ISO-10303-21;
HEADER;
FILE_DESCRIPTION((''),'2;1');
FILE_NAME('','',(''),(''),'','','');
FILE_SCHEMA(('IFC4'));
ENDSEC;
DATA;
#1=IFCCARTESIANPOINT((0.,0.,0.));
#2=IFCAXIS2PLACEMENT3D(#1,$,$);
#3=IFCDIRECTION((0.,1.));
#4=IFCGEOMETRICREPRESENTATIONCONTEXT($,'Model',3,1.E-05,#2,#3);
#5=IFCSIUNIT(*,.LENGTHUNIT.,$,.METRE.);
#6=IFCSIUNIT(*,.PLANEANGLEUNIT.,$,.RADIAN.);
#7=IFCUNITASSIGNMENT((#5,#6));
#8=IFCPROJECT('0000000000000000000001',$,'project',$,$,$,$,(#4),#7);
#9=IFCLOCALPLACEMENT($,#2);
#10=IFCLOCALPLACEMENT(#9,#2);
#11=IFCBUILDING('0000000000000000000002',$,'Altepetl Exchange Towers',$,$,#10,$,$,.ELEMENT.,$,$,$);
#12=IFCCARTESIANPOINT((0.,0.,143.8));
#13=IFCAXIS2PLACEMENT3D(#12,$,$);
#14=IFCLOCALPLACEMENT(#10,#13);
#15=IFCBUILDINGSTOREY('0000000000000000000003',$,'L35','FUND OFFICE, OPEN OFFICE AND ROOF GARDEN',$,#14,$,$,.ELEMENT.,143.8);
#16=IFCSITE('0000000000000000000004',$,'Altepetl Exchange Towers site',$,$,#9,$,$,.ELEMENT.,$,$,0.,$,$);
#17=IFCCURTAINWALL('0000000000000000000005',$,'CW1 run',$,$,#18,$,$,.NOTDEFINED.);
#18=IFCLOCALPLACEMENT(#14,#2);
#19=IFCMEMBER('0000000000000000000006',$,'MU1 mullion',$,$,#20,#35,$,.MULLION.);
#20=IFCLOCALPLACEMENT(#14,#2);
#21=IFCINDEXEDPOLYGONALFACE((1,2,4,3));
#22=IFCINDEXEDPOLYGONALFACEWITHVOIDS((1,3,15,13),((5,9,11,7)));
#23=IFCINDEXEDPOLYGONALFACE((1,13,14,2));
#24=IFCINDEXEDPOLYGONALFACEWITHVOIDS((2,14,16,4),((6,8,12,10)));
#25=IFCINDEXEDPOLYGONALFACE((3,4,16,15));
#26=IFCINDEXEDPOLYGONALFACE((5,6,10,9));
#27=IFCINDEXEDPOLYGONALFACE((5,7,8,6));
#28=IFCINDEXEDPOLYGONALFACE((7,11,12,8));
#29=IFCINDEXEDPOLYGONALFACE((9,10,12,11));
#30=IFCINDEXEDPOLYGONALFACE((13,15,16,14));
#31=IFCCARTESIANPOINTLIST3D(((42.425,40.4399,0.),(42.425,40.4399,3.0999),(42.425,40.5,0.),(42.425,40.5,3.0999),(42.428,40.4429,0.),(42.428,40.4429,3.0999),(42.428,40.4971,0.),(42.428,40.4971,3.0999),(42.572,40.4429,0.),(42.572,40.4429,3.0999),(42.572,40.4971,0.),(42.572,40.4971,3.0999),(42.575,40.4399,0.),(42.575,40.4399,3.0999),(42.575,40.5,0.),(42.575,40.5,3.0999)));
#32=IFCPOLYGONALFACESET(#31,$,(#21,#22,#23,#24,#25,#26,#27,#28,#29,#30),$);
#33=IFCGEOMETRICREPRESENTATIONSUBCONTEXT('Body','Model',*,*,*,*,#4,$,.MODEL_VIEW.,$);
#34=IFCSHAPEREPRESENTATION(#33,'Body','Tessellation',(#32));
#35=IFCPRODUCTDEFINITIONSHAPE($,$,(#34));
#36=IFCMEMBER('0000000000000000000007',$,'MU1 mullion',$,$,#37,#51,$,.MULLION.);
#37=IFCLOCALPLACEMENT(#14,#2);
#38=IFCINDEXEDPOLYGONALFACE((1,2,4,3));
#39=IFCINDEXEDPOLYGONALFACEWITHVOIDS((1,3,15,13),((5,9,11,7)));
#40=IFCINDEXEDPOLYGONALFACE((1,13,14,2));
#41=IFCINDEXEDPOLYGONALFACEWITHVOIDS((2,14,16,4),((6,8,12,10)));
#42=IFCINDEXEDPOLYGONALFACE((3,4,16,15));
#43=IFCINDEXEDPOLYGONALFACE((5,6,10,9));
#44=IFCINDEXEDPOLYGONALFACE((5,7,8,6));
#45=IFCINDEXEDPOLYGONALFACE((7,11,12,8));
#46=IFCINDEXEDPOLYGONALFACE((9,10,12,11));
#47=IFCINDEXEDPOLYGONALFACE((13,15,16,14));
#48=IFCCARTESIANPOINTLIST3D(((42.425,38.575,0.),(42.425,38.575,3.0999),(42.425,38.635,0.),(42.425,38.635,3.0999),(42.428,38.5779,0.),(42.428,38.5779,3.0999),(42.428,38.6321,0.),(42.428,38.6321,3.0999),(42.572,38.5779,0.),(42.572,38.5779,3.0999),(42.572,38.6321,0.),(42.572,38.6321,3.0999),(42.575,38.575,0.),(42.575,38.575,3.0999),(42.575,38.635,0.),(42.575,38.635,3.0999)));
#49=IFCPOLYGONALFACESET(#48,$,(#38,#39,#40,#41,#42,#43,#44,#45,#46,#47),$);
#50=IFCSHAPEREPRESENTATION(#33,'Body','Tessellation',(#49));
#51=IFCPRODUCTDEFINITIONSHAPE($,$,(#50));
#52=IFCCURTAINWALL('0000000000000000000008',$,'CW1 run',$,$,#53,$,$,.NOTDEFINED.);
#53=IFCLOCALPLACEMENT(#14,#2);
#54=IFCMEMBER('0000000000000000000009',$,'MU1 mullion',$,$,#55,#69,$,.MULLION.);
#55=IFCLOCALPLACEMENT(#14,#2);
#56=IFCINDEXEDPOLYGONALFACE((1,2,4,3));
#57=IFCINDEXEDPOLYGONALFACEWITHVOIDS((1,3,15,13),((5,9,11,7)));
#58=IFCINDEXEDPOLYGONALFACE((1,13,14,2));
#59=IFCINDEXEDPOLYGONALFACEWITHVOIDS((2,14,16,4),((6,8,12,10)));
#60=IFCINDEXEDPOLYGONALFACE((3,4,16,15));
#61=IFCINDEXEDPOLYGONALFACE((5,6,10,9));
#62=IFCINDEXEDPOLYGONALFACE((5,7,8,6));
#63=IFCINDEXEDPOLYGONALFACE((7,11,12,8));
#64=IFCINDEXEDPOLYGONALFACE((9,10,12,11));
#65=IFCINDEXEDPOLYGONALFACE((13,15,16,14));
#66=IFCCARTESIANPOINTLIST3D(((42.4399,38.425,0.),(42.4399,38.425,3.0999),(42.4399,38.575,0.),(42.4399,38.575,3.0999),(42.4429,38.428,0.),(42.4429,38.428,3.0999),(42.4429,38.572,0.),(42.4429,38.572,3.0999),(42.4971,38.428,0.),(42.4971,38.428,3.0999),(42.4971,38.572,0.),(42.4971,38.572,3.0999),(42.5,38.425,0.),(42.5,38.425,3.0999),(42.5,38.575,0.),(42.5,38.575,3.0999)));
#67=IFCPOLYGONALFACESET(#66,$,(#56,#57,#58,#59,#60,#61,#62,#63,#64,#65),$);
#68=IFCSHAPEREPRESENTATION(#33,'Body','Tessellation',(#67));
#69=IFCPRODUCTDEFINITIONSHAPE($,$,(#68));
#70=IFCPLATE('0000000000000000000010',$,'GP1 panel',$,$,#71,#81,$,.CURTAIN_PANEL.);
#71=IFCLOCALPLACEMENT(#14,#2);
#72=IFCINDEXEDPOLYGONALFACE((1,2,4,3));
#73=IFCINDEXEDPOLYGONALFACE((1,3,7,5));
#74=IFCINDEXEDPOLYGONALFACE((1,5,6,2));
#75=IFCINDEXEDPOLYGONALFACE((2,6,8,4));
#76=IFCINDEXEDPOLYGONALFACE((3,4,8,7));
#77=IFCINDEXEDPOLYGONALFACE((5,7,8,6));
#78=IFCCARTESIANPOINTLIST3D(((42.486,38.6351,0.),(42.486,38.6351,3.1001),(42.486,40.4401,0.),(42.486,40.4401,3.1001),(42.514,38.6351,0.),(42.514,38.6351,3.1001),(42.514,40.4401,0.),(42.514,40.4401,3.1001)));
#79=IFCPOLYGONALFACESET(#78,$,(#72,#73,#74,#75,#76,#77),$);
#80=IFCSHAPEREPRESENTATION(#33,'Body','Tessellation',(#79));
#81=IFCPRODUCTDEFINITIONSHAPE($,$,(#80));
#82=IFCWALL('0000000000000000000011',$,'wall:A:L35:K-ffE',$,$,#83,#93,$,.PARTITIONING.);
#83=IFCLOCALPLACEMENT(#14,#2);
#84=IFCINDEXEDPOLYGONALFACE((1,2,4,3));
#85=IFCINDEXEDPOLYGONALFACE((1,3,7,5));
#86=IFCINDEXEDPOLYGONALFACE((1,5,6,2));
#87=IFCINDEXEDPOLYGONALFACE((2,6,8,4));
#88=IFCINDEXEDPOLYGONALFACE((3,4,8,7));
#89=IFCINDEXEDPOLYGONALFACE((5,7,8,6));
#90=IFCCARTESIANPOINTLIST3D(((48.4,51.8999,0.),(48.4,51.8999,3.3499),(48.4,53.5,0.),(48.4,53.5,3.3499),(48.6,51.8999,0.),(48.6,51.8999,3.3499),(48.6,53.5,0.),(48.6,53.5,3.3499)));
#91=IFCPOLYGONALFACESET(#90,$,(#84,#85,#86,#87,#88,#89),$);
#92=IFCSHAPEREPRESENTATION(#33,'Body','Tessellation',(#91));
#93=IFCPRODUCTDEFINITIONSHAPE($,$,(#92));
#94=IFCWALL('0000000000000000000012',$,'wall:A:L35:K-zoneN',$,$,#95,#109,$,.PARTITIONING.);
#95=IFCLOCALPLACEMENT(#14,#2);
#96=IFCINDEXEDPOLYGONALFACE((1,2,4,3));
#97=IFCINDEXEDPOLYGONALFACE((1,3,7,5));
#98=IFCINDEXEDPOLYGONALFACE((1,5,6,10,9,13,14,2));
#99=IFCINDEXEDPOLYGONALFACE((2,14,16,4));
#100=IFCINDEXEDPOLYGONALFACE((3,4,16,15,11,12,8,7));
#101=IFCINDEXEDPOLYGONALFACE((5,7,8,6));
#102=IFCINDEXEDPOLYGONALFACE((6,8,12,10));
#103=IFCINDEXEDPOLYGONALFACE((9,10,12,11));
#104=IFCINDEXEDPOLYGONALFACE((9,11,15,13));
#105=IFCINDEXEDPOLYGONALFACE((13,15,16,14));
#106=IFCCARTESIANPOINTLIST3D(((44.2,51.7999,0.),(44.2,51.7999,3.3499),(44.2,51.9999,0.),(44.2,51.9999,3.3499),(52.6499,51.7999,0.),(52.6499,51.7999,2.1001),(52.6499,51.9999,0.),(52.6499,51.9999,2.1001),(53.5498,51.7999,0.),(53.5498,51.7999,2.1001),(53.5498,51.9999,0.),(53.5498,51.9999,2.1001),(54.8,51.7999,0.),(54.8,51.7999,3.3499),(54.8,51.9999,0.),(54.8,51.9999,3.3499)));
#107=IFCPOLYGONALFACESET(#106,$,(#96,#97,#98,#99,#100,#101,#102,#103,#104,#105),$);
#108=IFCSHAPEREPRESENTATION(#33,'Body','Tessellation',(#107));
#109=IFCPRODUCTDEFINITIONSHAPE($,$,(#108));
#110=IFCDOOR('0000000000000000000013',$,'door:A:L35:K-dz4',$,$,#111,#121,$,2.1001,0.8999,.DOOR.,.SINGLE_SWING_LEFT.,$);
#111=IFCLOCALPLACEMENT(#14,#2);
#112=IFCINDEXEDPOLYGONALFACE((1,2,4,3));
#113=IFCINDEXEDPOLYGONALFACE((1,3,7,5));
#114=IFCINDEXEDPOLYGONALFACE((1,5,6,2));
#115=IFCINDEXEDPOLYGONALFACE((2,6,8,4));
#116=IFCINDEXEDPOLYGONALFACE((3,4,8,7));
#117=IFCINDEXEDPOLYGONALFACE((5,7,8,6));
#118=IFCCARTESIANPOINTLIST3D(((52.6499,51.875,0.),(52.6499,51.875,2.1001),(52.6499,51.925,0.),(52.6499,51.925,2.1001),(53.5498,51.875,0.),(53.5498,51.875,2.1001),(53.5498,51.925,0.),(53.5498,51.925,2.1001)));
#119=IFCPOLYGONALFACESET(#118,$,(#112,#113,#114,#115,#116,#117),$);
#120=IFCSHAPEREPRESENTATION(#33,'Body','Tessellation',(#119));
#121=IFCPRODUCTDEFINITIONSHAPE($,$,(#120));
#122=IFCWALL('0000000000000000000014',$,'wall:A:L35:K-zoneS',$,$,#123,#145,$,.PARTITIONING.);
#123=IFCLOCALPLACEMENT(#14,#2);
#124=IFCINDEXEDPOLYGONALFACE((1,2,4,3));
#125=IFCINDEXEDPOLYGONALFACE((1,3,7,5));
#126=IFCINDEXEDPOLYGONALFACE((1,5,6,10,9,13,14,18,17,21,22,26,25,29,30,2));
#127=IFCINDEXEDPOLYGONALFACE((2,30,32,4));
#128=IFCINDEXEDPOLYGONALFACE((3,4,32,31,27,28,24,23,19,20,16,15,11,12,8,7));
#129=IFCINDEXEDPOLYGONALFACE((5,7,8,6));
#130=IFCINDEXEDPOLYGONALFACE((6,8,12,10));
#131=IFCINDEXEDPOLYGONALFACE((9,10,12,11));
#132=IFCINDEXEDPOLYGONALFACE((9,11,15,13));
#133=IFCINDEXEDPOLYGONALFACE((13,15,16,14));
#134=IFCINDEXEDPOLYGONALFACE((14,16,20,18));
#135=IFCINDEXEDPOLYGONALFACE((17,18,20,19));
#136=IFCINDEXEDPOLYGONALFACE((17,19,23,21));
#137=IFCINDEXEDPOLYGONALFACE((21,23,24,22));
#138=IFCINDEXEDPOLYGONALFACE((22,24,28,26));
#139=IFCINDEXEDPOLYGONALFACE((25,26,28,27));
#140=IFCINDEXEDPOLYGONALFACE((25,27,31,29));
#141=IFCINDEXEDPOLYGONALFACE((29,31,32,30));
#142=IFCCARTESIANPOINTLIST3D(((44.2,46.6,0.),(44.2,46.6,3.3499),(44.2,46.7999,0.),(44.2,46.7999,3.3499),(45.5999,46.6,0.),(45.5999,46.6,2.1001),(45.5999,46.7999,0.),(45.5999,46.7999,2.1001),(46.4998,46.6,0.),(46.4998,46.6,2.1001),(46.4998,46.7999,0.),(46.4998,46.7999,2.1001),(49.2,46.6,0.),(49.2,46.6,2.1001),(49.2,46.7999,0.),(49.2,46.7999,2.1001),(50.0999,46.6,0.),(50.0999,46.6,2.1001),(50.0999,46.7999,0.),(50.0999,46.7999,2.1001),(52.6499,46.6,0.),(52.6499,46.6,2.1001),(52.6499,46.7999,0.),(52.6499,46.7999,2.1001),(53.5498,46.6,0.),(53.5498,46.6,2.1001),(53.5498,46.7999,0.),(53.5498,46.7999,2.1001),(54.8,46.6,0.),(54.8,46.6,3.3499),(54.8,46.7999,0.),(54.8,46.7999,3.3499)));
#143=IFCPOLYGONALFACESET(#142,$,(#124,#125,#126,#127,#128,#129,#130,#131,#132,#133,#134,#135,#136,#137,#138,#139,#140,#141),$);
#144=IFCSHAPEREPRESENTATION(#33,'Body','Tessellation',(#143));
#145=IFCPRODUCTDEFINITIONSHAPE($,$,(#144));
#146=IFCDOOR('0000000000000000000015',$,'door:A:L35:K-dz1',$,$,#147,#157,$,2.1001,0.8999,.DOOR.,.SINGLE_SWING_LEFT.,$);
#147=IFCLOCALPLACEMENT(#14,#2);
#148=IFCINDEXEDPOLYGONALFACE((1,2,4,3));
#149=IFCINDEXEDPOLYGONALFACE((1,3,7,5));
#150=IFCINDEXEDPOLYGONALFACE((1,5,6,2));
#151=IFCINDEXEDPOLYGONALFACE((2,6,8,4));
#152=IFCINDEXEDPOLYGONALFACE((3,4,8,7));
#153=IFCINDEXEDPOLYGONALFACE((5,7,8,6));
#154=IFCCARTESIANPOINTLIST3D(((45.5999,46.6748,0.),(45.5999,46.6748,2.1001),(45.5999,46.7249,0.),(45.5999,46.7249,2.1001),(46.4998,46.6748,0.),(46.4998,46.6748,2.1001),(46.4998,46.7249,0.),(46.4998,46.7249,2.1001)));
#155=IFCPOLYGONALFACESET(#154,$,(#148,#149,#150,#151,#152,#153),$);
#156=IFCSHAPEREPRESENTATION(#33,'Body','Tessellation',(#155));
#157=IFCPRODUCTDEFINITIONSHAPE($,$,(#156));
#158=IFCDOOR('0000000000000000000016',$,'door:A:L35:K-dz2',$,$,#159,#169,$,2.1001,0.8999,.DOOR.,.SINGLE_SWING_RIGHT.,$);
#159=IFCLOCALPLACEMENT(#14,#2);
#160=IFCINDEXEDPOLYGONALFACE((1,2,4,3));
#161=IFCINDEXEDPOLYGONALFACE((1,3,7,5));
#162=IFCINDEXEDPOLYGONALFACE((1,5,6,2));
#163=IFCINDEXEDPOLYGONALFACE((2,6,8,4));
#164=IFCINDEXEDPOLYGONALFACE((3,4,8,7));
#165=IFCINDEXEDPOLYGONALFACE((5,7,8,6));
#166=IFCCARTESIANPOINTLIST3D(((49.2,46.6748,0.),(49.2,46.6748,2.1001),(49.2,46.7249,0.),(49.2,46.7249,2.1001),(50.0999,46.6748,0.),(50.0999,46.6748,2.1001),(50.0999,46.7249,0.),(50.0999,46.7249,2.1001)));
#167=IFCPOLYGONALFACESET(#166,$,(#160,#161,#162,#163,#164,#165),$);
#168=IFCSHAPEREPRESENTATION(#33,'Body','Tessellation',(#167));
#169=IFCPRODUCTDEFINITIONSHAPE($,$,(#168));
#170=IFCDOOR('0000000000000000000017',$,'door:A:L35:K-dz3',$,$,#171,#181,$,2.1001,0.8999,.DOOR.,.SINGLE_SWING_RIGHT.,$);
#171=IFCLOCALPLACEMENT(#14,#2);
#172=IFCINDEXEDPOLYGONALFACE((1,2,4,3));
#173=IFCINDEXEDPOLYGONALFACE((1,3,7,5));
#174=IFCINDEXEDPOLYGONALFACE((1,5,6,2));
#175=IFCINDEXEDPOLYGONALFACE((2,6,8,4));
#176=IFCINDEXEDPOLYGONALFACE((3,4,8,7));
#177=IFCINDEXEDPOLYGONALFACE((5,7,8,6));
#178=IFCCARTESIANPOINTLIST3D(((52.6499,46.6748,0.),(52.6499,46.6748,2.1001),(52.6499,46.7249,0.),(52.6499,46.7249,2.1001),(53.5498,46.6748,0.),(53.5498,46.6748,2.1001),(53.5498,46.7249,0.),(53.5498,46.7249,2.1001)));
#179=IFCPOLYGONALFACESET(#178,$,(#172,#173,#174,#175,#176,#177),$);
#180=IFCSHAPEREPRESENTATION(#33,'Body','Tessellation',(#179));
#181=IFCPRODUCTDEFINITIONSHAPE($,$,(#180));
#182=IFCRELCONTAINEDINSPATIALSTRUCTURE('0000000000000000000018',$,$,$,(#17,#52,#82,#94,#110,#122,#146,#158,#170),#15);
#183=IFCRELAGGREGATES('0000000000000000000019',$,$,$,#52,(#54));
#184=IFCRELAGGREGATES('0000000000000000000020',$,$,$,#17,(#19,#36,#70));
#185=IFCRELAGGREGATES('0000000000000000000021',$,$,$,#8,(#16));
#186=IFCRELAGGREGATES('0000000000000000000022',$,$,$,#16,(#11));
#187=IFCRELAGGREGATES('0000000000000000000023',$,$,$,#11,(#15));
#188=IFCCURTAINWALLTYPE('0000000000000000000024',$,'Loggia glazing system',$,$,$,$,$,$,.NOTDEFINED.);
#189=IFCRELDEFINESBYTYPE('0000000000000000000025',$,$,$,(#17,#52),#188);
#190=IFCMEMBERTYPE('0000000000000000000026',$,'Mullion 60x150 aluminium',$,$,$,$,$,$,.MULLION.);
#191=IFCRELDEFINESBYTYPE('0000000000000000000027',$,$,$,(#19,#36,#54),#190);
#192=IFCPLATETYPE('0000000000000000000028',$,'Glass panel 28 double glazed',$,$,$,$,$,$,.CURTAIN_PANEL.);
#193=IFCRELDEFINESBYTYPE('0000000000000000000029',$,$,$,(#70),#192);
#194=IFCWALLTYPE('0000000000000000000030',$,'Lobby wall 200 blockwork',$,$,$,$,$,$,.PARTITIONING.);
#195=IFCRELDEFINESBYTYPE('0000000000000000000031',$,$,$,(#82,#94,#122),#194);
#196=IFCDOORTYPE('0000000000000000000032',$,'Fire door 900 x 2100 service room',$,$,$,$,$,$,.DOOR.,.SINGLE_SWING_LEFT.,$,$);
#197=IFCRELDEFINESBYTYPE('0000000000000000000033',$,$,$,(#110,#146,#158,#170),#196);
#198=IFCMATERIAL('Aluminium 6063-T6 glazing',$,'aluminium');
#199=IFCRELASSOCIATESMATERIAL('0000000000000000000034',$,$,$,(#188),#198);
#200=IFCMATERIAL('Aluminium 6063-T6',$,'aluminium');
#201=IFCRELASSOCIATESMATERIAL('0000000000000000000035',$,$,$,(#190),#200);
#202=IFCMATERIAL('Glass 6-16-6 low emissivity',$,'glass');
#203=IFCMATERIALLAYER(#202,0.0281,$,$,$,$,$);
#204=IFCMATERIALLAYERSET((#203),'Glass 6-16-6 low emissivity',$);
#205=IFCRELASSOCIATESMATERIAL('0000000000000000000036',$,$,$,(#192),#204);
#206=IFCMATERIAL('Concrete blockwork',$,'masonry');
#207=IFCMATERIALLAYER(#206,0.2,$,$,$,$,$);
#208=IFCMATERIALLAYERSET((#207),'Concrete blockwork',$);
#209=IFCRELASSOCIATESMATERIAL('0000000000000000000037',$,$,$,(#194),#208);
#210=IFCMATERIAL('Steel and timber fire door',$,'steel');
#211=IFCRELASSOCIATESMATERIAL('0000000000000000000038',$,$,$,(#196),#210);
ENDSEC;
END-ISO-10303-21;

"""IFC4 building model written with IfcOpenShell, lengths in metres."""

from ifc_helpers import new_model, si_unit, direction, frame, frame_2d, origin, origin_2d, place, context, subcontext, project, spatial, rectangle, hollow_rectangle, extrude, material, layer, layer_set, material_profile, profile_set, type_object, element, fill, aggregate, save


model = new_model("IFC4")

# Units and contexts
model_context = context("Model", 3, precision=1e-05, world=origin(), true_north=direction((0.0, 1.0)))
body_context = subcontext(model_context, "Body", "Model", "MODEL_VIEW")
ifc_project = project(units=[si_unit("LENGTHUNIT", "METRE"), si_unit("PLANEANGLEUNIT", "RADIAN")], contexts=[model_context])

# Site, building, storey
site_placement = place(None, origin())
site = spatial("IfcSite", under=ifc_project, at=site_placement, Name="Altepetl Exchange Towers site", CompositionType="ELEMENT", RefElevation=0.0)
building_placement = place(site_placement, origin())
building = spatial("IfcBuilding", under=site, at=building_placement, Name="Altepetl Exchange Towers", CompositionType="ELEMENT")
storey_placement = place(building_placement, frame((0.0, 0.0, 143.8)))
storey = spatial("IfcBuildingStorey", under=building, at=storey_placement, Name="L35", Description="FUND OFFICE, OPEN OFFICE AND ROOF GARDEN", CompositionType="ELEMENT", Elevation=143.8)

# Curtain wall, members
ifc_material_1 = material(Name="Aluminium 6063-T6 glazing", Category="aluminium")
curtain_wall_type = type_object("IfcCurtainWallType", Name="Loggia glazing system", PredefinedType="NOTDEFINED", material=ifc_material_1)
curtain_wall_1_placement = place(storey_placement, origin())
curtain_wall_1 = element("IfcCurtainWall", 1, at=curtain_wall_1_placement, inside=storey, type_object=curtain_wall_type, Name="CW1 run", PredefinedType="NOTDEFINED")
ifc_material_2 = material(Name="Aluminium 6063-T6", Category="aluminium")
ifc_material_profile = material_profile(ifc_material_2, hollow_rectangle(XDim=0.0601, YDim=0.1499, WallThickness=0.0029, at=origin_2d()), Name="Mullion 60x150 aluminium")
ifc_profile_set = profile_set([ifc_material_profile], Name="Aluminium 6063-T6")
member_type = type_object("IfcMemberType", Name="Mullion 60x150 aluminium", PredefinedType="MULLION", material=ifc_profile_set)
member_1_placement = place(storey_placement, frame((42.5, 40.47, 0.0), z_axis=(0.0, 0.0, 1.0), x_axis=(0.0, -1.0, 0.0)))
member_1 = element("IfcMember", 2, at=member_1_placement, type_object=member_type, Name="MU1 mullion", PredefinedType="MULLION", context=body_context, shape_type="SweptSolid", body=[
    extrude(hollow_rectangle(XDim=0.0601, YDim=0.1499, WallThickness=0.0029, at=origin_2d()), origin(), (0.0, 0.0, 1.0), 3.0999),
])
member_2_placement = place(storey_placement, frame((42.5, 38.605, 0.0), z_axis=(0.0, 0.0, 1.0), x_axis=(0.0, -1.0, 0.0)))
member_2 = element("IfcMember", 3, at=member_2_placement, type_object=member_type, Name="MU1 mullion", PredefinedType="MULLION", context=body_context, shape_type="SweptSolid", body=[
    extrude(hollow_rectangle(XDim=0.0601, YDim=0.1499, WallThickness=0.0029, at=origin_2d()), origin(), (0.0, 0.0, 1.0), 3.0999),
])

# Curtain wall, member
curtain_wall_2_placement = place(storey_placement, origin())
curtain_wall_2 = element("IfcCurtainWall", 4, at=curtain_wall_2_placement, inside=storey, type_object=curtain_wall_type, Name="CW1 run", PredefinedType="NOTDEFINED")
member_3_placement = place(storey_placement, frame((42.47, 38.5, 0.0), z_axis=(0.0, 0.0, 1.0), x_axis=(-1.0, 0.0, 0.0)))
member_3 = element("IfcMember", 5, at=member_3_placement, type_object=member_type, Name="MU1 mullion", PredefinedType="MULLION", context=body_context, shape_type="SweptSolid", body=[
    extrude(hollow_rectangle(XDim=0.0601, YDim=0.1499, WallThickness=0.0029, at=origin_2d()), origin(), (0.0, 0.0, 1.0), 3.0999),
])
aggregate(curtain_wall_2, [member_3])

# Plate
ifc_material_3 = material(Name="Glass 6-16-6 low emissivity", Category="glass")
ifc_layer_1 = layer(ifc_material_3, 0.0281)
ifc_layer_set_1 = layer_set([ifc_layer_1], Name="Glass 6-16-6 low emissivity")
plate_type = type_object("IfcPlateType", Name="Glass panel 28 double glazed", PredefinedType="CURTAIN_PANEL", material=ifc_layer_set_1)
plate_placement = place(storey_placement, frame((42.5, 39.5376, 0.0), z_axis=(0.0, 0.0, 1.0), x_axis=(0.0, -1.0, 0.0)))
plate = element("IfcPlate", 6, at=plate_placement, type_object=plate_type, Name="GP1 panel", PredefinedType="CURTAIN_PANEL", context=body_context, shape_type="SweptSolid", body=[
    extrude(rectangle(XDim=1.8049, YDim=0.0281, at=origin_2d()), origin(), (0.0, 0.0, 1.0), 3.1001),
])
aggregate(curtain_wall_1, [member_1, member_2, plate])

# Wall
ifc_material_4 = material(Name="Concrete blockwork", Category="masonry")
ifc_layer_2 = layer(ifc_material_4, 0.2)
ifc_layer_set_2 = layer_set([ifc_layer_2], Name="Concrete blockwork")
wall_type_1 = type_object("IfcWallType", Name="Lobby wall 200 blockwork", PredefinedType="PARTITIONING", material=ifc_layer_set_2)
wall_1_placement = place(storey_placement, frame((48.5, 51.8999, 0.0), z_axis=(0.0, 0.0, 1.0), x_axis=(0.0, 1.0, 0.0)))
element("IfcWall", 7, at=wall_1_placement, inside=storey, type_object=wall_type_1, Name="wall:A:L35:K-ffE", PredefinedType="PARTITIONING", context=body_context, shape_type="SweptSolid", body=[
    extrude(rectangle(XDim=1.6001, YDim=0.2, at=frame_2d((0.8, 0.0))), origin(), (0.0, 0.0, 1.0), 3.3499),
])

# Wall, opening, door
wall_2_placement = place(storey_placement, frame((44.2, 51.8999, 0.0)))
wall_2 = element("IfcWall", 8, at=wall_2_placement, inside=storey, type_object=wall_type_1, Name="wall:A:L35:K-zoneN", PredefinedType="PARTITIONING", context=body_context, shape_type="SweptSolid", body=[
    extrude(rectangle(XDim=10.6001, YDim=0.2, at=frame_2d((5.3, 0.0))), origin(), (0.0, 0.0, 1.0), 3.3499),
])
opening_1_placement = place(wall_2_placement, frame((8.45, 0.0, 0.0)))
opening_1 = element("IfcOpeningElement", 9, at=opening_1_placement, cuts=wall_2, PredefinedType="OPENING", context=body_context, shape_type="SweptSolid", body=[
    extrude(rectangle(XDim=0.8999, YDim=2.1001, at=frame_2d((0.45, 1.05))), frame((0.0, 0.1099, 0.0), z_axis=(0.0, -1.0, 0.0), x_axis=(1.0, 0.0, 0.0)), (0.0, 0.0, 1.0), 0.22),
])
ifc_material_5 = material(Name="Steel and timber fire door", Category="steel")
door_type_1 = type_object("IfcDoorType", Name="Fire door 900 x 2100 service room", OperationType="SINGLE_SWING_LEFT", PredefinedType="DOOR", material=ifc_material_5)
door_1_placement = place(opening_1_placement, frame((0.8999, 0.0, 0.0), x_axis=(-1.0, 0.0, 0.0)))
door_1 = element("IfcDoor", 10, at=door_1_placement, inside=storey, type_object=door_type_1, Name="door:A:L35:K-dz4", OperationType="SINGLE_SWING_LEFT", OverallHeight=2.1001, OverallWidth=0.8999, PredefinedType="DOOR", context=body_context, shape_type="SweptSolid", body=[
    extrude(rectangle(XDim=0.8999, YDim=2.1001, at=frame_2d((0.45, 1.05))), frame((0.0, 0.0249, 0.0), z_axis=(0.0, -1.0, 0.0), x_axis=(1.0, 0.0, 0.0)), (0.0, 0.0, 1.0), 0.05),
])
fill(opening_1, door_1)

# Wall, openings, doors
wall_3_placement = place(storey_placement, frame((44.2, 46.7, 0.0)))
wall_3 = element("IfcWall", 11, at=wall_3_placement, inside=storey, type_object=wall_type_1, Name="wall:A:L35:K-zoneS", PredefinedType="PARTITIONING", context=body_context, shape_type="SweptSolid", body=[
    extrude(rectangle(XDim=10.6001, YDim=0.2, at=frame_2d((5.3, 0.0))), origin(), (0.0, 0.0, 1.0), 3.3499),
])
opening_2_placement = place(wall_3_placement, frame((1.3999, 0.0, 0.0)))
opening_2 = element("IfcOpeningElement", 12, at=opening_2_placement, cuts=wall_3, PredefinedType="OPENING", context=body_context, shape_type="SweptSolid", body=[
    extrude(rectangle(XDim=0.8999, YDim=2.1001, at=frame_2d((0.45, 1.05))), frame((0.0, 0.1099, 0.0), z_axis=(0.0, -1.0, 0.0), x_axis=(1.0, 0.0, 0.0)), (0.0, 0.0, 1.0), 0.22),
])
opening_3_placement = place(wall_3_placement, frame((5.0, 0.0, 0.0)))
opening_3 = element("IfcOpeningElement", 13, at=opening_3_placement, cuts=wall_3, PredefinedType="OPENING", context=body_context, shape_type="SweptSolid", body=[
    extrude(rectangle(XDim=0.8999, YDim=2.1001, at=frame_2d((0.45, 1.05))), frame((0.0, 0.1099, 0.0), z_axis=(0.0, -1.0, 0.0), x_axis=(1.0, 0.0, 0.0)), (0.0, 0.0, 1.0), 0.22),
])
opening_4_placement = place(wall_3_placement, frame((8.45, 0.0, 0.0)))
opening_4 = element("IfcOpeningElement", 14, at=opening_4_placement, cuts=wall_3, PredefinedType="OPENING", context=body_context, shape_type="SweptSolid", body=[
    extrude(rectangle(XDim=0.8999, YDim=2.1001, at=frame_2d((0.45, 1.05))), frame((0.0, 0.1099, 0.0), z_axis=(0.0, -1.0, 0.0), x_axis=(1.0, 0.0, 0.0)), (0.0, 0.0, 1.0), 0.22),
])
door_2_placement = place(opening_2_placement, origin())
door_2 = element("IfcDoor", 15, at=door_2_placement, inside=storey, type_object=door_type_1, Name="door:A:L35:K-dz1", OperationType="SINGLE_SWING_LEFT", OverallHeight=2.1001, OverallWidth=0.8999, PredefinedType="DOOR", context=body_context, shape_type="SweptSolid", body=[
    extrude(rectangle(XDim=0.8999, YDim=2.1001, at=frame_2d((0.45, 1.05))), frame((0.0, 0.0249, 0.0), z_axis=(0.0, -1.0, 0.0), x_axis=(1.0, 0.0, 0.0)), (0.0, 0.0, 1.0), 0.05),
])
fill(opening_2, door_2)
door_3_placement = place(opening_3_placement, origin())
door_3 = element("IfcDoor", 16, at=door_3_placement, inside=storey, type_object=door_type_1, Name="door:A:L35:K-dz2", OperationType="SINGLE_SWING_RIGHT", OverallHeight=2.1001, OverallWidth=0.8999, PredefinedType="DOOR", context=body_context, shape_type="SweptSolid", body=[
    extrude(rectangle(XDim=0.8999, YDim=2.1001, at=frame_2d((0.45, 1.05))), frame((0.0, 0.0249, 0.0), z_axis=(0.0, -1.0, 0.0), x_axis=(1.0, 0.0, 0.0)), (0.0, 0.0, 1.0), 0.05),
])
fill(opening_3, door_3)
door_4_placement = place(opening_4_placement, origin())
door_4 = element("IfcDoor", 17, at=door_4_placement, inside=storey, type_object=door_type_1, Name="door:A:L35:K-dz3", OperationType="SINGLE_SWING_RIGHT", OverallHeight=2.1001, OverallWidth=0.8999, PredefinedType="DOOR", context=body_context, shape_type="SweptSolid", body=[
    extrude(rectangle(XDim=0.8999, YDim=2.1001, at=frame_2d((0.45, 1.05))), frame((0.0, 0.0249, 0.0), z_axis=(0.0, -1.0, 0.0), x_axis=(1.0, 0.0, 0.0)), (0.0, 0.0, 1.0), 0.05),
])
fill(opening_4, door_4)

save(model, "model.ifc")
